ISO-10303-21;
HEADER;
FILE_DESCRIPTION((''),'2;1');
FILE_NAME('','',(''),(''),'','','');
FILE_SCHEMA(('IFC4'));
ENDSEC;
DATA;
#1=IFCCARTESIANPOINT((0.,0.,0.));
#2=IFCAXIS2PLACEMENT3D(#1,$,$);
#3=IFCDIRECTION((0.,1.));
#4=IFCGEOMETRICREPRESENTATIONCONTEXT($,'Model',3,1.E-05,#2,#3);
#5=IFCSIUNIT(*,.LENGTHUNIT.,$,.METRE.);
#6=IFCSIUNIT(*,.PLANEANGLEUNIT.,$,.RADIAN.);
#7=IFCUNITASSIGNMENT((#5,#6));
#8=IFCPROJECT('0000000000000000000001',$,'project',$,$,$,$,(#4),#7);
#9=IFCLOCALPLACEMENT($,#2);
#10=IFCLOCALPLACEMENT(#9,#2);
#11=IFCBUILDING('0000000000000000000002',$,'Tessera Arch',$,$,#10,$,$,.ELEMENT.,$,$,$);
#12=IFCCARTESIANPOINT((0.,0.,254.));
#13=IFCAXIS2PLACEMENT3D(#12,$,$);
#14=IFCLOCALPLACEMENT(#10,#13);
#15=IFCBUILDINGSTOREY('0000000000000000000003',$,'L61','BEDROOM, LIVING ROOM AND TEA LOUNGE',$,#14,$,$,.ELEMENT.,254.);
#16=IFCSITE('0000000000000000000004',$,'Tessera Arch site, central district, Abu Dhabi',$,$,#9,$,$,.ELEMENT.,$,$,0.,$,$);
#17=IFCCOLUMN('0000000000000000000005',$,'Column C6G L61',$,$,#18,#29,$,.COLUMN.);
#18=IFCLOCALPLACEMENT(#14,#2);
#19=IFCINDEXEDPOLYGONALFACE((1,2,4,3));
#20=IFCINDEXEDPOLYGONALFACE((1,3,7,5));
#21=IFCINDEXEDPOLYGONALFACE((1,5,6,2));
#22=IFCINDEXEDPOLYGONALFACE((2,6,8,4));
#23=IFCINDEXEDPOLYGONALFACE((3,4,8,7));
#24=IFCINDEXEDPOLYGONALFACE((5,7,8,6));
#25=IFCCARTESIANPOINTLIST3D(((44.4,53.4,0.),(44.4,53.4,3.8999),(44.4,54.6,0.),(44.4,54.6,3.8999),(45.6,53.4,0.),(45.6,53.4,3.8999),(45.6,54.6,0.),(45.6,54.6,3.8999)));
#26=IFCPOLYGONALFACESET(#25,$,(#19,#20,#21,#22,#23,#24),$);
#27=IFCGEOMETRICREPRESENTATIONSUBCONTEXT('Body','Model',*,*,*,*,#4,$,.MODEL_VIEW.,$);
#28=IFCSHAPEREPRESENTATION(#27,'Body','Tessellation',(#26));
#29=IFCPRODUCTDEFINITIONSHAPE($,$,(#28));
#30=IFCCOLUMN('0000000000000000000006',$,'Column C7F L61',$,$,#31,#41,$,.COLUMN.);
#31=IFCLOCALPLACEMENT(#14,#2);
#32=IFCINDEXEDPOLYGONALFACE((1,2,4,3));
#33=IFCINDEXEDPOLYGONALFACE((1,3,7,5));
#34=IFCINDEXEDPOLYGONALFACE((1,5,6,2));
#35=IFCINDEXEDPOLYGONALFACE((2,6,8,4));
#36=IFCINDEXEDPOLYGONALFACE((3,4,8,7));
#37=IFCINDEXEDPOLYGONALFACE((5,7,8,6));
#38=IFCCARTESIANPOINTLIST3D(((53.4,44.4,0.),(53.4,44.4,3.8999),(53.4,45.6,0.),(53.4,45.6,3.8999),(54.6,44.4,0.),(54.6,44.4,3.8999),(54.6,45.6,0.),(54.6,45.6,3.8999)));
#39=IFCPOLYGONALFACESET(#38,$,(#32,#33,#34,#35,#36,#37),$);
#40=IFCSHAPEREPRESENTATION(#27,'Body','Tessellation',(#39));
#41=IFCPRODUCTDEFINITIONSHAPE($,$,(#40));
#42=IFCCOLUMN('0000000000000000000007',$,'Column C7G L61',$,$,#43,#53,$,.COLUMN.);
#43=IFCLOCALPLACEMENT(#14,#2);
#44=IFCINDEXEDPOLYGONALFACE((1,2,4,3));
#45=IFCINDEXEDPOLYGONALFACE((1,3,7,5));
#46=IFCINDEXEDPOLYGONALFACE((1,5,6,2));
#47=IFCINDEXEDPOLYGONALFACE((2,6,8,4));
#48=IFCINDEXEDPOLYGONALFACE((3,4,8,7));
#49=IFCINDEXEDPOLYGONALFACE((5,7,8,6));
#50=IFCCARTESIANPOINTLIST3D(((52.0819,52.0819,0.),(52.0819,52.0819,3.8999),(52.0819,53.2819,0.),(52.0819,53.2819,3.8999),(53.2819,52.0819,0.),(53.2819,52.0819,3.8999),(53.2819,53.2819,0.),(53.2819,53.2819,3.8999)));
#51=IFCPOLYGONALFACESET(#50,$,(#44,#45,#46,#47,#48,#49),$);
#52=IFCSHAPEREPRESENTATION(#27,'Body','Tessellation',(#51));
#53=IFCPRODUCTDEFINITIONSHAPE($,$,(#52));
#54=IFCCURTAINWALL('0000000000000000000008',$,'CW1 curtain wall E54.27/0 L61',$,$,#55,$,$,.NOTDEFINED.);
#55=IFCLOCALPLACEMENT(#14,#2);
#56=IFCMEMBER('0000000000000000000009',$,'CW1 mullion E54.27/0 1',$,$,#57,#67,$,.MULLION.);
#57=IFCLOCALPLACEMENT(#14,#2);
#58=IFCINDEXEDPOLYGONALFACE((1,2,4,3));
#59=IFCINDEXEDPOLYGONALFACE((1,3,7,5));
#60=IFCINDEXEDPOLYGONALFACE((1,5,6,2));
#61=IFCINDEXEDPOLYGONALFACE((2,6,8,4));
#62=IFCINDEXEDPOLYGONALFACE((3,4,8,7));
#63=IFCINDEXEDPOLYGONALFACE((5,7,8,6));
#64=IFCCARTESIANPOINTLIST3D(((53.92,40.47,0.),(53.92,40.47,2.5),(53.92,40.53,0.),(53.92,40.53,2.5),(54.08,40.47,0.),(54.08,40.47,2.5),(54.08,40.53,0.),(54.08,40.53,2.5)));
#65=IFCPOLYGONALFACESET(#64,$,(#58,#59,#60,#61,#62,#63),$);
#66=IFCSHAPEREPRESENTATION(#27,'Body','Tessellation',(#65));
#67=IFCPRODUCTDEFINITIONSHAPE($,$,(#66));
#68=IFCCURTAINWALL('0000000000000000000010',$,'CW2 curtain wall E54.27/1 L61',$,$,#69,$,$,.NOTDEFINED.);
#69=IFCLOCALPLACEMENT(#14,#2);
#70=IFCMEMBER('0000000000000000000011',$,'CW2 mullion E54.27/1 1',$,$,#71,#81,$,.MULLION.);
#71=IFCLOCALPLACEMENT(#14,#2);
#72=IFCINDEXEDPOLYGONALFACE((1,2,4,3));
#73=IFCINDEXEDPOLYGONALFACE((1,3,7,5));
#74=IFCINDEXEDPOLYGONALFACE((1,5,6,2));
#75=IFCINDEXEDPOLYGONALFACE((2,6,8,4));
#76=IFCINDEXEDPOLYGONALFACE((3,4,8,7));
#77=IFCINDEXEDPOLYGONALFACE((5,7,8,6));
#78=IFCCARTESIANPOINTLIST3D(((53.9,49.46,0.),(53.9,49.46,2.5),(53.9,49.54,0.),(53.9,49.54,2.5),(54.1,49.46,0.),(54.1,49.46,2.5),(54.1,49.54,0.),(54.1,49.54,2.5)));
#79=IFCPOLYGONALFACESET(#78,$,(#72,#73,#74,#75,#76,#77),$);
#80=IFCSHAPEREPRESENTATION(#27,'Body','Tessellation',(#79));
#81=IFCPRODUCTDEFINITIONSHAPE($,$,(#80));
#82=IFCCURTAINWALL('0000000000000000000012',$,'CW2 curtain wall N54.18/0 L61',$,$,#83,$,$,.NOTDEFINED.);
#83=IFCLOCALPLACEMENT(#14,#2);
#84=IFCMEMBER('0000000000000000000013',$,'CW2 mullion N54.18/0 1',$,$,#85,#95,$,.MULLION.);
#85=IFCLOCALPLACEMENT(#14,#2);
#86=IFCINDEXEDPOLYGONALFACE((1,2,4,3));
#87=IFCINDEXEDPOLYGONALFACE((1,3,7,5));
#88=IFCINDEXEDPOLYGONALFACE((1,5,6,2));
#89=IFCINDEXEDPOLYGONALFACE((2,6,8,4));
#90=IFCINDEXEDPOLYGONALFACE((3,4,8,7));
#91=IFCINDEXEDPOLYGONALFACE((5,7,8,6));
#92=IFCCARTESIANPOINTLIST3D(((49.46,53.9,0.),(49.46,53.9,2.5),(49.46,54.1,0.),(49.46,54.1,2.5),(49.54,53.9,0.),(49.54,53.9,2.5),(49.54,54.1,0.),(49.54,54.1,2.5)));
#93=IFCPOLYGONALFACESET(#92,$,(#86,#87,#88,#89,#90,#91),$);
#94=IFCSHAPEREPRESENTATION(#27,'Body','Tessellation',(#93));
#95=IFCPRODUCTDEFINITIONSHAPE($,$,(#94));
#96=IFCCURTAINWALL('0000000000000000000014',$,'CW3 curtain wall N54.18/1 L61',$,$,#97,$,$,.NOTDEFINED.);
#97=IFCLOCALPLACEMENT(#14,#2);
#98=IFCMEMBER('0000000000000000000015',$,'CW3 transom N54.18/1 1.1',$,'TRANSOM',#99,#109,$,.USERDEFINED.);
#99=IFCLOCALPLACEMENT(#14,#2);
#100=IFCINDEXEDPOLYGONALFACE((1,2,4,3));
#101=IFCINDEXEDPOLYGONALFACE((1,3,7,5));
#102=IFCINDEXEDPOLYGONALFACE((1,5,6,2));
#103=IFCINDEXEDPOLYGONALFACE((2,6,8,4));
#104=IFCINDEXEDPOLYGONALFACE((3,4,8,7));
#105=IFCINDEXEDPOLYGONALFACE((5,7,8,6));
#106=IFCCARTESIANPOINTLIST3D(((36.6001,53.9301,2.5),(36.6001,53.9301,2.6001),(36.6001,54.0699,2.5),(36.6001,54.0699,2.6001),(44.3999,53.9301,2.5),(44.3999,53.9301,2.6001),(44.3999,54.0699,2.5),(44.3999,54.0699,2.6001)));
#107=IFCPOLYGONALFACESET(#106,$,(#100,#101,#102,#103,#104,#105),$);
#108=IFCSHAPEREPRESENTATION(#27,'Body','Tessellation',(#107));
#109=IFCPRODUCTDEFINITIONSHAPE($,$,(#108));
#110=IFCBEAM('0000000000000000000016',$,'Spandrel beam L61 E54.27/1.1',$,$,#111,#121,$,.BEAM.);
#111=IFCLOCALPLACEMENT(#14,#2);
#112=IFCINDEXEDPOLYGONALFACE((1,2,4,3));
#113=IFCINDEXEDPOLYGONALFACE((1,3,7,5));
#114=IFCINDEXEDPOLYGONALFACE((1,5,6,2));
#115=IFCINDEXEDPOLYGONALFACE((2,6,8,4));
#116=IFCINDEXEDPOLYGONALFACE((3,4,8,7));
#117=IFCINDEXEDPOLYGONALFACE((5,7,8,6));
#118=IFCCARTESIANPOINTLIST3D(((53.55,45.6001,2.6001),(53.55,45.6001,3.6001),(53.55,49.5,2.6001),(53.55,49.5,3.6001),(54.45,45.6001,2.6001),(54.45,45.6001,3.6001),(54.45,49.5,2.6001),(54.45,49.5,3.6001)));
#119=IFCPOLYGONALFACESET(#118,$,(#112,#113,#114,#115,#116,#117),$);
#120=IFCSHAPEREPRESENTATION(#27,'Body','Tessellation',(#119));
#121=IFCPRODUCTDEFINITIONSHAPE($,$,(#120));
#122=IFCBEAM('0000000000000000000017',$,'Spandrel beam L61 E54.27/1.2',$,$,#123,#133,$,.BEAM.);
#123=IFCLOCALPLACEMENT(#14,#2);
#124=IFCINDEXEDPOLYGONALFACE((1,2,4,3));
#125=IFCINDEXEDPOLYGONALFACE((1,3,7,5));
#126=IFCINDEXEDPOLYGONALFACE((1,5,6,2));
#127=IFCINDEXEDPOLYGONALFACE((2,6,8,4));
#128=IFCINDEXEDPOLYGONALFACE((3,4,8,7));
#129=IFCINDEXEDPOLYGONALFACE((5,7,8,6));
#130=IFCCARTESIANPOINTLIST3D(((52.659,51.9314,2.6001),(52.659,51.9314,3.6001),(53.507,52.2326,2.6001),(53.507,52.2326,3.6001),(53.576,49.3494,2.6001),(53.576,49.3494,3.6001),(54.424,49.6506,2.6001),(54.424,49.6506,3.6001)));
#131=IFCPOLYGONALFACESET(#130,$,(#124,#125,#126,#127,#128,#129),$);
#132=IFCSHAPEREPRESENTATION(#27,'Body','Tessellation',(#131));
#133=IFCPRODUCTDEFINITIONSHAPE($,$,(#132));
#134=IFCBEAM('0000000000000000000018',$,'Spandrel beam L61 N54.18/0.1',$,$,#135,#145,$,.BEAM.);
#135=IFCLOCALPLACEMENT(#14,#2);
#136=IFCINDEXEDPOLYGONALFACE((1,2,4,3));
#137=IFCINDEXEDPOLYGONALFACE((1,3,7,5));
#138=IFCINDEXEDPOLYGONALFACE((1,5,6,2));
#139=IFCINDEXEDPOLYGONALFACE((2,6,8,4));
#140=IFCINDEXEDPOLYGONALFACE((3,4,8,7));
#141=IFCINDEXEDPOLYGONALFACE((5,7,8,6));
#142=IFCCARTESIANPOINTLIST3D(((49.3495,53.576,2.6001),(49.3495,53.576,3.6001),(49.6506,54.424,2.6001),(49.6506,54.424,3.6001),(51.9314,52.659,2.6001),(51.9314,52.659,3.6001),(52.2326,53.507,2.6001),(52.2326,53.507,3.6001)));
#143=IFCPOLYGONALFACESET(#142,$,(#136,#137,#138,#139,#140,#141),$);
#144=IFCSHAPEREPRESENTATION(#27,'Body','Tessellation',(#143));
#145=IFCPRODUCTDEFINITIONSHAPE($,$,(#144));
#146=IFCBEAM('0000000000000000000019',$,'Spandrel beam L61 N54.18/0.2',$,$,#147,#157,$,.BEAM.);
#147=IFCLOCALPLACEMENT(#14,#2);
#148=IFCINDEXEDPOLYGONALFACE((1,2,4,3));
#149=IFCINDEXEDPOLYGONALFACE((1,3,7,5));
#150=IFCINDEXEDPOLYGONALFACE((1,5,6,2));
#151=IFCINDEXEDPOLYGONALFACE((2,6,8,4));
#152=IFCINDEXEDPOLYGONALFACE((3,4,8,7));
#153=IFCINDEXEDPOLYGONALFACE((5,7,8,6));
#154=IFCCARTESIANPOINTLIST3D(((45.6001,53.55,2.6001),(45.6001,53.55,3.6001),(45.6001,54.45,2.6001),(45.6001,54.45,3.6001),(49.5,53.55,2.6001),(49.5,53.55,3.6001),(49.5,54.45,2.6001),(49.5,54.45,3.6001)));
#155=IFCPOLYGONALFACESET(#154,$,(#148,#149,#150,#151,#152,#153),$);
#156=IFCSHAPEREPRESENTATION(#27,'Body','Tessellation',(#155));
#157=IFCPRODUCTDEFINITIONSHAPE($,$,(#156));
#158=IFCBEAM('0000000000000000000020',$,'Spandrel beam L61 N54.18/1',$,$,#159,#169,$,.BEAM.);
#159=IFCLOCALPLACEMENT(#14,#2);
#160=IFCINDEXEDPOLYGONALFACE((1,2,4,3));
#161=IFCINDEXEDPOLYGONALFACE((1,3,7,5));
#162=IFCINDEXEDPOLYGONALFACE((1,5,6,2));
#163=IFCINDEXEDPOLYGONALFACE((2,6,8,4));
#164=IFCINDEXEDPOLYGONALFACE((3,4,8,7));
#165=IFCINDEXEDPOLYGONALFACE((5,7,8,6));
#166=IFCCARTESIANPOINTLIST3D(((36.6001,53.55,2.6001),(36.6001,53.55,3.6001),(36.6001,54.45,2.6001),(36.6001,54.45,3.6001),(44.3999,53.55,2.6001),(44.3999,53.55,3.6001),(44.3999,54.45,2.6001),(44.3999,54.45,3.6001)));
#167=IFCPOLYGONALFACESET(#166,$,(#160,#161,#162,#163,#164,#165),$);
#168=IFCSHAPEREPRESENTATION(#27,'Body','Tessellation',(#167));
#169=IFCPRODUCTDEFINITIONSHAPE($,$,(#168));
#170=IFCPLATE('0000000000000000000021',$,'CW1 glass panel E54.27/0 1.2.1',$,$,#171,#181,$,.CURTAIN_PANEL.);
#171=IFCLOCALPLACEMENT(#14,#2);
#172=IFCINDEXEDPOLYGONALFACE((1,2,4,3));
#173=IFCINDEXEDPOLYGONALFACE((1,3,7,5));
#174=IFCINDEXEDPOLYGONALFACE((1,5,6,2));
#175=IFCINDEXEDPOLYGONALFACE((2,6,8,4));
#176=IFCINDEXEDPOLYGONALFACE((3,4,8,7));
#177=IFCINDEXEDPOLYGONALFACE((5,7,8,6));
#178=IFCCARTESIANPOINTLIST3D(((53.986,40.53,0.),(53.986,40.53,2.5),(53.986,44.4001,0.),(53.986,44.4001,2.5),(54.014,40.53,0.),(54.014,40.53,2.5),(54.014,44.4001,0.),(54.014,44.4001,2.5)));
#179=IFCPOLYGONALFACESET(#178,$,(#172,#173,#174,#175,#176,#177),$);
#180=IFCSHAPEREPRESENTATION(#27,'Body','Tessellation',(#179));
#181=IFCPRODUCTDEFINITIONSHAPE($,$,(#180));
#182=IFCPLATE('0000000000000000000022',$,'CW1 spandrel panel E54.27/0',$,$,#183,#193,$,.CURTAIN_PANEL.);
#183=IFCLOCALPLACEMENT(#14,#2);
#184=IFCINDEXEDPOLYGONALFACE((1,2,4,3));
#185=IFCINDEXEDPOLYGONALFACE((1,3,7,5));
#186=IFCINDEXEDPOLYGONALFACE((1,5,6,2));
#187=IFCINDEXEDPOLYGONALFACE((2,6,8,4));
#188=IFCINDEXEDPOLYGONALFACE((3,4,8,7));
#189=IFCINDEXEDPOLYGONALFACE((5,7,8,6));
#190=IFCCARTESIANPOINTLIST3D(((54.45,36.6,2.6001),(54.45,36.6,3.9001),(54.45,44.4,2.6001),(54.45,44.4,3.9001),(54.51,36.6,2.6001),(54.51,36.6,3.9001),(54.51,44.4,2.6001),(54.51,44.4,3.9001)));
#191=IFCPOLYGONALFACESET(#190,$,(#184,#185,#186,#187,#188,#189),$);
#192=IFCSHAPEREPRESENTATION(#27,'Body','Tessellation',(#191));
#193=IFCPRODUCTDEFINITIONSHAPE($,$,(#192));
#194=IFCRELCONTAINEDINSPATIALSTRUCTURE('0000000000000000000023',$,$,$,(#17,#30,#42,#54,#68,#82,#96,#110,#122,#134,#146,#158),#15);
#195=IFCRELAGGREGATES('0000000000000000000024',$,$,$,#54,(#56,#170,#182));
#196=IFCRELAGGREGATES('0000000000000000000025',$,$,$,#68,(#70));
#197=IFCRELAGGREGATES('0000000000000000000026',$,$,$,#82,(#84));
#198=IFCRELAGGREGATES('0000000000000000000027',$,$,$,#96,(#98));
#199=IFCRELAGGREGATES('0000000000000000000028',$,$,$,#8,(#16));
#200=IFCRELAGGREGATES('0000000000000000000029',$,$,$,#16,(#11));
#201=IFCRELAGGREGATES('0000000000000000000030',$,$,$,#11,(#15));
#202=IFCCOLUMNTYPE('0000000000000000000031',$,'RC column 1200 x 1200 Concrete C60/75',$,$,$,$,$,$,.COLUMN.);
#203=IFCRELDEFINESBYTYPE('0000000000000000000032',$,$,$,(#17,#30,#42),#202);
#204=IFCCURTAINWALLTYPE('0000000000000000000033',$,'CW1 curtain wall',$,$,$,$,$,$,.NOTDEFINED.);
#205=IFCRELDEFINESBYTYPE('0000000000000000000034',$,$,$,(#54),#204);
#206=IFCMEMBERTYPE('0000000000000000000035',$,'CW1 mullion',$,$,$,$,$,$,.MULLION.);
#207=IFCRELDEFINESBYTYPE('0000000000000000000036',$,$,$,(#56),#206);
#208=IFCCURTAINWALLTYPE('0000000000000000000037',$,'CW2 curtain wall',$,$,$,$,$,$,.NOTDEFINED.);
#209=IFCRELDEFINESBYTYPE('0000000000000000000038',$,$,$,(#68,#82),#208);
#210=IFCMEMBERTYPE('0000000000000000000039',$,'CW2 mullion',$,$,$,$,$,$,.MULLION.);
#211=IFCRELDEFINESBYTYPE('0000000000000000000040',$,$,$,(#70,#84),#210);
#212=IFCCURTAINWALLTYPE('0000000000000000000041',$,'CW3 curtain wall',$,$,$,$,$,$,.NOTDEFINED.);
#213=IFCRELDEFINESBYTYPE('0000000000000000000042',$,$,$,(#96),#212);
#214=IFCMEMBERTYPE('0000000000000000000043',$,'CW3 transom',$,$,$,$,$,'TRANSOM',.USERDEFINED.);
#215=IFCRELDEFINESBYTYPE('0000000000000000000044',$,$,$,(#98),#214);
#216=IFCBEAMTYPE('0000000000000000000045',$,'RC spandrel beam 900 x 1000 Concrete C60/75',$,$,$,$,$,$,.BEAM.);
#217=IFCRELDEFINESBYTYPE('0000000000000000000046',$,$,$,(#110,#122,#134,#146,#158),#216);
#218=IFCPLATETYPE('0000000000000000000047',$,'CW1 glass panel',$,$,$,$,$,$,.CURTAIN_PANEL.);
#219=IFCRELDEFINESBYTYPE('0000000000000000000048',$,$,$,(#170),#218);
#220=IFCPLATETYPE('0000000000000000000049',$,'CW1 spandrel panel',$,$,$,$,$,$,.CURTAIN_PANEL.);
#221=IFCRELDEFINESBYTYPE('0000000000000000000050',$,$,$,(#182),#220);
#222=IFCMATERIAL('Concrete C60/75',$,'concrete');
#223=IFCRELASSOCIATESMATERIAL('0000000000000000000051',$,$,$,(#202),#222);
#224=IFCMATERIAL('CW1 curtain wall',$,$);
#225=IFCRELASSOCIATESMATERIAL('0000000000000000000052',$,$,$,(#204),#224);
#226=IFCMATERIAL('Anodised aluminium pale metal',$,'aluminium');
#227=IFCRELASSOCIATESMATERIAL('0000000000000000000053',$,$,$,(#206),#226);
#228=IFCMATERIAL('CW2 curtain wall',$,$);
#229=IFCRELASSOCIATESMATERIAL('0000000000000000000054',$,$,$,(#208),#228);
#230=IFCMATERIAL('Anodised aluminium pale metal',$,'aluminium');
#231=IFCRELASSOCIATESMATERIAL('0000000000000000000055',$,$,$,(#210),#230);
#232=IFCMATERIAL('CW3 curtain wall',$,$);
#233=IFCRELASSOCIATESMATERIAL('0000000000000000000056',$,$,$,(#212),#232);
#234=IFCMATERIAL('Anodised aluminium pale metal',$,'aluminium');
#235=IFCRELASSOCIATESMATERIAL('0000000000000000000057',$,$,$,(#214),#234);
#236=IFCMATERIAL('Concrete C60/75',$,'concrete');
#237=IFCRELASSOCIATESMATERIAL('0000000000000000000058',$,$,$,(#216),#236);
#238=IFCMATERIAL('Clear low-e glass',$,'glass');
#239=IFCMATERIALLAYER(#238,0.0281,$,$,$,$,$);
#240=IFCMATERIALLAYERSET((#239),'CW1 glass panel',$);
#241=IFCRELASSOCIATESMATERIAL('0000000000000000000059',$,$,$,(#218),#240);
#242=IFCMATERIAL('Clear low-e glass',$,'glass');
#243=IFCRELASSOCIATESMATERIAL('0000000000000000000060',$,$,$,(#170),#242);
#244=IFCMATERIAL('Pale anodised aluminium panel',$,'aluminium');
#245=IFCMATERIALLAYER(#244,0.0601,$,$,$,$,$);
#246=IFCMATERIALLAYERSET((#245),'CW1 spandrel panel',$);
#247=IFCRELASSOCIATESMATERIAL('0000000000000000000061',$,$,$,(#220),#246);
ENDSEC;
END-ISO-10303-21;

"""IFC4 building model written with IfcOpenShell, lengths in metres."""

from ifc_helpers import new_model, si_unit, direction, frame, origin, origin_2d, place, context, subcontext, project, spatial, rectangle, extrude, material, layer, layer_set, material_profile, profile_set, type_object, element, aggregate, save


model = new_model("IFC4")

# Units and contexts
model_context = context("Model", 3, precision=1e-05, world=origin(), true_north=direction((0.0, 1.0)))
body_context = subcontext(model_context, "Body", "Model", "MODEL_VIEW")
ifc_project = project(units=[si_unit("LENGTHUNIT", "METRE"), si_unit("PLANEANGLEUNIT", "RADIAN")], contexts=[model_context])

# Site, building, storey
site_placement = place(None, origin())
site = spatial("IfcSite", under=ifc_project, at=site_placement, Name="Tessera Arch site, central district, Abu Dhabi", CompositionType="ELEMENT", RefElevation=0.0)
building_placement = place(site_placement, origin())
building = spatial("IfcBuilding", under=site, at=building_placement, Name="Tessera Arch", CompositionType="ELEMENT")
storey_placement = place(building_placement, frame((0.0, 0.0, 254.0)))
storey = spatial("IfcBuildingStorey", under=building, at=storey_placement, Name="L61", Description="BEDROOM, LIVING ROOM AND TEA LOUNGE", CompositionType="ELEMENT", Elevation=254.0)

# Columns
ifc_material_1 = material(Name="Concrete C60/75", Category="concrete")
ifc_material_profile_1 = material_profile(ifc_material_1, rectangle(XDim=1.2, YDim=1.2, at=origin_2d()), Name="RC column 1200 x 1200 Concrete C60/75")
ifc_profile_set_1 = profile_set([ifc_material_profile_1], Name="Concrete C60/75")
column_type = type_object("IfcColumnType", Name="RC column 1200 x 1200 Concrete C60/75", PredefinedType="COLUMN", material=ifc_profile_set_1)
for number, where, z_axis, x_axis, name in (
    (1, (45.0, 54.0, 0.0), (0.0, 0.0, 1.0), (1.0, 0.0, 0.0), "Column C6G L61"),
    (2, (54.0, 45.0, 0.0), (0.0, 0.0, 1.0), (1.0, 0.0, 0.0), "Column C7F L61"),
    (3, (52.6819, 52.6819, 0.0), (0.0, 0.0, 1.0), (1.0, 0.0, 0.0), "Column C7G L61"),
):
    element("IfcColumn", number, at=place(storey_placement, frame(where, z_axis=z_axis, x_axis=x_axis)), inside=storey, type_object=column_type, Name=name, PredefinedType="COLUMN", context=body_context, shape_type="SweptSolid", body=[
        extrude(rectangle(XDim=1.2, YDim=1.2, at=origin_2d()), origin(), (0.0, 0.0, 1.0), 3.8999),
    ])

# Curtain walls, members
ifc_material_2 = material(Name="CW1 curtain wall")
curtain_wall_type_1 = type_object("IfcCurtainWallType", Name="CW1 curtain wall", PredefinedType="NOTDEFINED", material=ifc_material_2)
curtain_wall_1_placement = place(storey_placement, origin())
curtain_wall_1 = element("IfcCurtainWall", 4, at=curtain_wall_1_placement, inside=storey, type_object=curtain_wall_type_1, Name="CW1 curtain wall E54.27/0 L61", PredefinedType="NOTDEFINED")
ifc_material_3 = material(Name="Anodised aluminium pale metal", Category="aluminium")
ifc_material_profile_2 = material_profile(ifc_material_3, rectangle(XDim=0.1599, YDim=0.0601, at=origin_2d()), Name="AL 60x160")
ifc_profile_set_2 = profile_set([ifc_material_profile_2], Name="Anodised aluminium pale metal")
member_type_1 = type_object("IfcMemberType", Name="CW1 mullion", PredefinedType="MULLION", material=ifc_profile_set_2)
member_1_placement = place(storey_placement, frame((54.0, 40.5, 0.0), z_axis=(0.0, 0.0, 1.0), x_axis=(-1.0, 0.0, 0.0)))
member_1 = element("IfcMember", 5, at=member_1_placement, type_object=member_type_1, Name="CW1 mullion E54.27/0 1", PredefinedType="MULLION", context=body_context, shape_type="SweptSolid", body=[
    extrude(rectangle(XDim=0.1599, YDim=0.0601, at=origin_2d()), origin(), (0.0, 0.0, 1.0), 2.5),
])
ifc_material_4 = material(Name="CW2 curtain wall")
curtain_wall_type_2 = type_object("IfcCurtainWallType", Name="CW2 curtain wall", PredefinedType="NOTDEFINED", material=ifc_material_4)
curtain_wall_2_placement = place(storey_placement, origin())
curtain_wall_2 = element("IfcCurtainWall", 6, at=curtain_wall_2_placement, inside=storey, type_object=curtain_wall_type_2, Name="CW2 curtain wall E54.27/1 L61", PredefinedType="NOTDEFINED")
ifc_material_5 = material(Name="Anodised aluminium pale metal", Category="aluminium")
ifc_material_profile_3 = material_profile(ifc_material_5, rectangle(XDim=0.2, YDim=0.0801, at=origin_2d()), Name="AL 80x200")
ifc_profile_set_3 = profile_set([ifc_material_profile_3], Name="Anodised aluminium pale metal")
member_type_2 = type_object("IfcMemberType", Name="CW2 mullion", PredefinedType="MULLION", material=ifc_profile_set_3)
member_2_placement = place(storey_placement, frame((54.0, 49.5, 0.0), z_axis=(0.0, 0.0, 1.0), x_axis=(-1.0, 0.0, 0.0)))
member_2 = element("IfcMember", 7, at=member_2_placement, type_object=member_type_2, Name="CW2 mullion E54.27/1 1", PredefinedType="MULLION", context=body_context, shape_type="SweptSolid", body=[
    extrude(rectangle(XDim=0.2, YDim=0.0801, at=origin_2d()), origin(), (0.0, 0.0, 1.0), 2.5),
])
curtain_wall_3_placement = place(storey_placement, origin())
curtain_wall_3 = element("IfcCurtainWall", 8, at=curtain_wall_3_placement, inside=storey, type_object=curtain_wall_type_2, Name="CW2 curtain wall N54.18/0 L61", PredefinedType="NOTDEFINED")
member_3_placement = place(storey_placement, frame((49.5, 54.0, 0.0), z_axis=(0.0, 0.0, 1.0), x_axis=(0.0, -1.0, 0.0)))
member_3 = element("IfcMember", 9, at=member_3_placement, type_object=member_type_2, Name="CW2 mullion N54.18/0 1", PredefinedType="MULLION", context=body_context, shape_type="SweptSolid", body=[
    extrude(rectangle(XDim=0.2, YDim=0.0801, at=origin_2d()), origin(), (0.0, 0.0, 1.0), 2.5),
])
ifc_material_6 = material(Name="CW3 curtain wall")
curtain_wall_type_3 = type_object("IfcCurtainWallType", Name="CW3 curtain wall", PredefinedType="NOTDEFINED", material=ifc_material_6)
curtain_wall_4_placement = place(storey_placement, origin())
curtain_wall_4 = element("IfcCurtainWall", 10, at=curtain_wall_4_placement, inside=storey, type_object=curtain_wall_type_3, Name="CW3 curtain wall N54.18/1 L61", PredefinedType="NOTDEFINED")
ifc_material_7 = material(Name="Anodised aluminium pale metal", Category="aluminium")
ifc_material_profile_4 = material_profile(ifc_material_7, rectangle(XDim=0.1399, YDim=0.1001, at=origin_2d()), Name="AL 140x100")
ifc_profile_set_4 = profile_set([ifc_material_profile_4], Name="Anodised aluminium pale metal")
member_type_3 = type_object("IfcMemberType", Name="CW3 transom", ElementType="TRANSOM", PredefinedType="USERDEFINED", material=ifc_profile_set_4)
member_4_placement = place(storey_placement, frame((44.3999, 54.0, 2.55), z_axis=(-1.0, 0.0, 0.0), x_axis=(0.0, -1.0, 0.0)))
member_4 = element("IfcMember", 11, at=member_4_placement, type_object=member_type_3, Name="CW3 transom N54.18/1 1.1", ObjectType="TRANSOM", PredefinedType="USERDEFINED", context=body_context, shape_type="SweptSolid", body=[
    extrude(rectangle(XDim=0.1399, YDim=0.1001, at=origin_2d()), origin(), (0.0, 0.0, 1.0), 7.7998),
])

# Beams
ifc_material_8 = material(Name="Concrete C60/75", Category="concrete")
ifc_material_profile_5 = material_profile(ifc_material_8, rectangle(XDim=0.8999, YDim=1.0, at=origin_2d()), Name="RC spandrel beam 900 x 1000 Concrete C60/75")
ifc_profile_set_5 = profile_set([ifc_material_profile_5], Name="Concrete C60/75")
beam_type = type_object("IfcBeamType", Name="RC spandrel beam 900 x 1000 Concrete C60/75", PredefinedType="BEAM", material=ifc_profile_set_5)
beam_1_placement = place(storey_placement, frame((54.0, 45.6001, 3.1001), z_axis=(0.0, 1.0, 0.0), x_axis=(-1.0, 0.0, 0.0)))
element("IfcBeam", 12, at=beam_1_placement, inside=storey, type_object=beam_type, Name="Spandrel beam L61 E54.27/1.1", PredefinedType="BEAM", context=body_context, shape_type="SweptSolid", body=[
    extrude(rectangle(XDim=0.8999, YDim=1.0, at=origin_2d()), origin(), (0.0, 0.0, 1.0), 3.8999),
])
for number, where, z_axis, x_axis, name in (
    (13, (54.0, 49.5, 3.1001), (-0.334665, 0.942337, 0.0), (-0.942337, -0.334665, 0.0), "Spandrel beam L61 E54.27/1.2"),
    (14, (52.082, 53.083, 3.1001), (-0.942337, 0.334665, 0.0), (-0.334665, -0.942337, 0.0), "Spandrel beam L61 N54.18/0.1"),
):
    element("IfcBeam", number, at=place(storey_placement, frame(where, z_axis=z_axis, x_axis=x_axis)), inside=storey, type_object=beam_type, Name=name, PredefinedType="BEAM", context=body_context, shape_type="SweptSolid", body=[
        extrude(rectangle(XDim=0.8999, YDim=1.0, at=origin_2d()), origin(), (0.0, 0.0, 1.0), 2.74),
    ])
beam_2_placement = place(storey_placement, frame((49.5, 54.0, 3.1001), z_axis=(-1.0, 0.0, 0.0), x_axis=(0.0, -1.0, 0.0)))
element("IfcBeam", 15, at=beam_2_placement, inside=storey, type_object=beam_type, Name="Spandrel beam L61 N54.18/0.2", PredefinedType="BEAM", context=body_context, shape_type="SweptSolid", body=[
    extrude(rectangle(XDim=0.8999, YDim=1.0, at=origin_2d()), origin(), (0.0, 0.0, 1.0), 3.8999),
])
beam_3_placement = place(storey_placement, frame((44.3999, 54.0, 3.1001), z_axis=(-1.0, 0.0, 0.0), x_axis=(0.0, -1.0, 0.0)))
element("IfcBeam", 16, at=beam_3_placement, inside=storey, type_object=beam_type, Name="Spandrel beam L61 N54.18/1", PredefinedType="BEAM", context=body_context, shape_type="SweptSolid", body=[
    extrude(rectangle(XDim=0.8999, YDim=1.0, at=origin_2d()), origin(), (0.0, 0.0, 1.0), 7.7998),
])

# Plates
ifc_material_9 = material(Name="Clear low-e glass", Category="glass")
ifc_material_10 = material(Name="Clear low-e glass", Category="glass")
ifc_layer_1 = layer(ifc_material_10, 0.0281)
ifc_layer_set_1 = layer_set([ifc_layer_1], Name="CW1 glass panel")
plate_type_1 = type_object("IfcPlateType", Name="CW1 glass panel", PredefinedType="CURTAIN_PANEL", material=ifc_layer_set_1)
plate_1_placement = place(storey_placement, frame((54.0, 42.4651, 0.0), z_axis=(0.0, 0.0, 1.0), x_axis=(0.0, 1.0, 0.0)))
plate_1 = element("IfcPlate", 17, at=plate_1_placement, type_object=plate_type_1, material=ifc_material_9, Name="CW1 glass panel E54.27/0 1.2.1", PredefinedType="CURTAIN_PANEL", context=body_context, shape_type="SweptSolid", body=[
    extrude(rectangle(XDim=3.8701, YDim=0.0281, at=origin_2d()), origin(), (0.0, 0.0, 1.0), 2.5),
])
ifc_material_11 = material(Name="Pale anodised aluminium panel", Category="aluminium")
ifc_layer_2 = layer(ifc_material_11, 0.0601)
ifc_layer_set_2 = layer_set([ifc_layer_2], Name="CW1 spandrel panel")
plate_type_2 = type_object("IfcPlateType", Name="CW1 spandrel panel", PredefinedType="CURTAIN_PANEL", material=ifc_layer_set_2)
plate_2_placement = place(storey_placement, frame((54.48, 40.5, 2.6001), z_axis=(0.0, 0.0, 1.0), x_axis=(0.0, 1.0, 0.0)))
plate_2 = element("IfcPlate", 18, at=plate_2_placement, type_object=plate_type_2, Name="CW1 spandrel panel E54.27/0", PredefinedType="CURTAIN_PANEL", context=body_context, shape_type="SweptSolid", body=[
    extrude(rectangle(XDim=7.8, YDim=0.0601, at=origin_2d()), origin(), (0.0, 0.0, 1.0), 1.3),
])
aggregate(curtain_wall_1, [member_1, plate_1, plate_2])
aggregate(curtain_wall_2, [member_2])
aggregate(curtain_wall_3, [member_3])
aggregate(curtain_wall_4, [member_4])

save(model, "model.ifc")
